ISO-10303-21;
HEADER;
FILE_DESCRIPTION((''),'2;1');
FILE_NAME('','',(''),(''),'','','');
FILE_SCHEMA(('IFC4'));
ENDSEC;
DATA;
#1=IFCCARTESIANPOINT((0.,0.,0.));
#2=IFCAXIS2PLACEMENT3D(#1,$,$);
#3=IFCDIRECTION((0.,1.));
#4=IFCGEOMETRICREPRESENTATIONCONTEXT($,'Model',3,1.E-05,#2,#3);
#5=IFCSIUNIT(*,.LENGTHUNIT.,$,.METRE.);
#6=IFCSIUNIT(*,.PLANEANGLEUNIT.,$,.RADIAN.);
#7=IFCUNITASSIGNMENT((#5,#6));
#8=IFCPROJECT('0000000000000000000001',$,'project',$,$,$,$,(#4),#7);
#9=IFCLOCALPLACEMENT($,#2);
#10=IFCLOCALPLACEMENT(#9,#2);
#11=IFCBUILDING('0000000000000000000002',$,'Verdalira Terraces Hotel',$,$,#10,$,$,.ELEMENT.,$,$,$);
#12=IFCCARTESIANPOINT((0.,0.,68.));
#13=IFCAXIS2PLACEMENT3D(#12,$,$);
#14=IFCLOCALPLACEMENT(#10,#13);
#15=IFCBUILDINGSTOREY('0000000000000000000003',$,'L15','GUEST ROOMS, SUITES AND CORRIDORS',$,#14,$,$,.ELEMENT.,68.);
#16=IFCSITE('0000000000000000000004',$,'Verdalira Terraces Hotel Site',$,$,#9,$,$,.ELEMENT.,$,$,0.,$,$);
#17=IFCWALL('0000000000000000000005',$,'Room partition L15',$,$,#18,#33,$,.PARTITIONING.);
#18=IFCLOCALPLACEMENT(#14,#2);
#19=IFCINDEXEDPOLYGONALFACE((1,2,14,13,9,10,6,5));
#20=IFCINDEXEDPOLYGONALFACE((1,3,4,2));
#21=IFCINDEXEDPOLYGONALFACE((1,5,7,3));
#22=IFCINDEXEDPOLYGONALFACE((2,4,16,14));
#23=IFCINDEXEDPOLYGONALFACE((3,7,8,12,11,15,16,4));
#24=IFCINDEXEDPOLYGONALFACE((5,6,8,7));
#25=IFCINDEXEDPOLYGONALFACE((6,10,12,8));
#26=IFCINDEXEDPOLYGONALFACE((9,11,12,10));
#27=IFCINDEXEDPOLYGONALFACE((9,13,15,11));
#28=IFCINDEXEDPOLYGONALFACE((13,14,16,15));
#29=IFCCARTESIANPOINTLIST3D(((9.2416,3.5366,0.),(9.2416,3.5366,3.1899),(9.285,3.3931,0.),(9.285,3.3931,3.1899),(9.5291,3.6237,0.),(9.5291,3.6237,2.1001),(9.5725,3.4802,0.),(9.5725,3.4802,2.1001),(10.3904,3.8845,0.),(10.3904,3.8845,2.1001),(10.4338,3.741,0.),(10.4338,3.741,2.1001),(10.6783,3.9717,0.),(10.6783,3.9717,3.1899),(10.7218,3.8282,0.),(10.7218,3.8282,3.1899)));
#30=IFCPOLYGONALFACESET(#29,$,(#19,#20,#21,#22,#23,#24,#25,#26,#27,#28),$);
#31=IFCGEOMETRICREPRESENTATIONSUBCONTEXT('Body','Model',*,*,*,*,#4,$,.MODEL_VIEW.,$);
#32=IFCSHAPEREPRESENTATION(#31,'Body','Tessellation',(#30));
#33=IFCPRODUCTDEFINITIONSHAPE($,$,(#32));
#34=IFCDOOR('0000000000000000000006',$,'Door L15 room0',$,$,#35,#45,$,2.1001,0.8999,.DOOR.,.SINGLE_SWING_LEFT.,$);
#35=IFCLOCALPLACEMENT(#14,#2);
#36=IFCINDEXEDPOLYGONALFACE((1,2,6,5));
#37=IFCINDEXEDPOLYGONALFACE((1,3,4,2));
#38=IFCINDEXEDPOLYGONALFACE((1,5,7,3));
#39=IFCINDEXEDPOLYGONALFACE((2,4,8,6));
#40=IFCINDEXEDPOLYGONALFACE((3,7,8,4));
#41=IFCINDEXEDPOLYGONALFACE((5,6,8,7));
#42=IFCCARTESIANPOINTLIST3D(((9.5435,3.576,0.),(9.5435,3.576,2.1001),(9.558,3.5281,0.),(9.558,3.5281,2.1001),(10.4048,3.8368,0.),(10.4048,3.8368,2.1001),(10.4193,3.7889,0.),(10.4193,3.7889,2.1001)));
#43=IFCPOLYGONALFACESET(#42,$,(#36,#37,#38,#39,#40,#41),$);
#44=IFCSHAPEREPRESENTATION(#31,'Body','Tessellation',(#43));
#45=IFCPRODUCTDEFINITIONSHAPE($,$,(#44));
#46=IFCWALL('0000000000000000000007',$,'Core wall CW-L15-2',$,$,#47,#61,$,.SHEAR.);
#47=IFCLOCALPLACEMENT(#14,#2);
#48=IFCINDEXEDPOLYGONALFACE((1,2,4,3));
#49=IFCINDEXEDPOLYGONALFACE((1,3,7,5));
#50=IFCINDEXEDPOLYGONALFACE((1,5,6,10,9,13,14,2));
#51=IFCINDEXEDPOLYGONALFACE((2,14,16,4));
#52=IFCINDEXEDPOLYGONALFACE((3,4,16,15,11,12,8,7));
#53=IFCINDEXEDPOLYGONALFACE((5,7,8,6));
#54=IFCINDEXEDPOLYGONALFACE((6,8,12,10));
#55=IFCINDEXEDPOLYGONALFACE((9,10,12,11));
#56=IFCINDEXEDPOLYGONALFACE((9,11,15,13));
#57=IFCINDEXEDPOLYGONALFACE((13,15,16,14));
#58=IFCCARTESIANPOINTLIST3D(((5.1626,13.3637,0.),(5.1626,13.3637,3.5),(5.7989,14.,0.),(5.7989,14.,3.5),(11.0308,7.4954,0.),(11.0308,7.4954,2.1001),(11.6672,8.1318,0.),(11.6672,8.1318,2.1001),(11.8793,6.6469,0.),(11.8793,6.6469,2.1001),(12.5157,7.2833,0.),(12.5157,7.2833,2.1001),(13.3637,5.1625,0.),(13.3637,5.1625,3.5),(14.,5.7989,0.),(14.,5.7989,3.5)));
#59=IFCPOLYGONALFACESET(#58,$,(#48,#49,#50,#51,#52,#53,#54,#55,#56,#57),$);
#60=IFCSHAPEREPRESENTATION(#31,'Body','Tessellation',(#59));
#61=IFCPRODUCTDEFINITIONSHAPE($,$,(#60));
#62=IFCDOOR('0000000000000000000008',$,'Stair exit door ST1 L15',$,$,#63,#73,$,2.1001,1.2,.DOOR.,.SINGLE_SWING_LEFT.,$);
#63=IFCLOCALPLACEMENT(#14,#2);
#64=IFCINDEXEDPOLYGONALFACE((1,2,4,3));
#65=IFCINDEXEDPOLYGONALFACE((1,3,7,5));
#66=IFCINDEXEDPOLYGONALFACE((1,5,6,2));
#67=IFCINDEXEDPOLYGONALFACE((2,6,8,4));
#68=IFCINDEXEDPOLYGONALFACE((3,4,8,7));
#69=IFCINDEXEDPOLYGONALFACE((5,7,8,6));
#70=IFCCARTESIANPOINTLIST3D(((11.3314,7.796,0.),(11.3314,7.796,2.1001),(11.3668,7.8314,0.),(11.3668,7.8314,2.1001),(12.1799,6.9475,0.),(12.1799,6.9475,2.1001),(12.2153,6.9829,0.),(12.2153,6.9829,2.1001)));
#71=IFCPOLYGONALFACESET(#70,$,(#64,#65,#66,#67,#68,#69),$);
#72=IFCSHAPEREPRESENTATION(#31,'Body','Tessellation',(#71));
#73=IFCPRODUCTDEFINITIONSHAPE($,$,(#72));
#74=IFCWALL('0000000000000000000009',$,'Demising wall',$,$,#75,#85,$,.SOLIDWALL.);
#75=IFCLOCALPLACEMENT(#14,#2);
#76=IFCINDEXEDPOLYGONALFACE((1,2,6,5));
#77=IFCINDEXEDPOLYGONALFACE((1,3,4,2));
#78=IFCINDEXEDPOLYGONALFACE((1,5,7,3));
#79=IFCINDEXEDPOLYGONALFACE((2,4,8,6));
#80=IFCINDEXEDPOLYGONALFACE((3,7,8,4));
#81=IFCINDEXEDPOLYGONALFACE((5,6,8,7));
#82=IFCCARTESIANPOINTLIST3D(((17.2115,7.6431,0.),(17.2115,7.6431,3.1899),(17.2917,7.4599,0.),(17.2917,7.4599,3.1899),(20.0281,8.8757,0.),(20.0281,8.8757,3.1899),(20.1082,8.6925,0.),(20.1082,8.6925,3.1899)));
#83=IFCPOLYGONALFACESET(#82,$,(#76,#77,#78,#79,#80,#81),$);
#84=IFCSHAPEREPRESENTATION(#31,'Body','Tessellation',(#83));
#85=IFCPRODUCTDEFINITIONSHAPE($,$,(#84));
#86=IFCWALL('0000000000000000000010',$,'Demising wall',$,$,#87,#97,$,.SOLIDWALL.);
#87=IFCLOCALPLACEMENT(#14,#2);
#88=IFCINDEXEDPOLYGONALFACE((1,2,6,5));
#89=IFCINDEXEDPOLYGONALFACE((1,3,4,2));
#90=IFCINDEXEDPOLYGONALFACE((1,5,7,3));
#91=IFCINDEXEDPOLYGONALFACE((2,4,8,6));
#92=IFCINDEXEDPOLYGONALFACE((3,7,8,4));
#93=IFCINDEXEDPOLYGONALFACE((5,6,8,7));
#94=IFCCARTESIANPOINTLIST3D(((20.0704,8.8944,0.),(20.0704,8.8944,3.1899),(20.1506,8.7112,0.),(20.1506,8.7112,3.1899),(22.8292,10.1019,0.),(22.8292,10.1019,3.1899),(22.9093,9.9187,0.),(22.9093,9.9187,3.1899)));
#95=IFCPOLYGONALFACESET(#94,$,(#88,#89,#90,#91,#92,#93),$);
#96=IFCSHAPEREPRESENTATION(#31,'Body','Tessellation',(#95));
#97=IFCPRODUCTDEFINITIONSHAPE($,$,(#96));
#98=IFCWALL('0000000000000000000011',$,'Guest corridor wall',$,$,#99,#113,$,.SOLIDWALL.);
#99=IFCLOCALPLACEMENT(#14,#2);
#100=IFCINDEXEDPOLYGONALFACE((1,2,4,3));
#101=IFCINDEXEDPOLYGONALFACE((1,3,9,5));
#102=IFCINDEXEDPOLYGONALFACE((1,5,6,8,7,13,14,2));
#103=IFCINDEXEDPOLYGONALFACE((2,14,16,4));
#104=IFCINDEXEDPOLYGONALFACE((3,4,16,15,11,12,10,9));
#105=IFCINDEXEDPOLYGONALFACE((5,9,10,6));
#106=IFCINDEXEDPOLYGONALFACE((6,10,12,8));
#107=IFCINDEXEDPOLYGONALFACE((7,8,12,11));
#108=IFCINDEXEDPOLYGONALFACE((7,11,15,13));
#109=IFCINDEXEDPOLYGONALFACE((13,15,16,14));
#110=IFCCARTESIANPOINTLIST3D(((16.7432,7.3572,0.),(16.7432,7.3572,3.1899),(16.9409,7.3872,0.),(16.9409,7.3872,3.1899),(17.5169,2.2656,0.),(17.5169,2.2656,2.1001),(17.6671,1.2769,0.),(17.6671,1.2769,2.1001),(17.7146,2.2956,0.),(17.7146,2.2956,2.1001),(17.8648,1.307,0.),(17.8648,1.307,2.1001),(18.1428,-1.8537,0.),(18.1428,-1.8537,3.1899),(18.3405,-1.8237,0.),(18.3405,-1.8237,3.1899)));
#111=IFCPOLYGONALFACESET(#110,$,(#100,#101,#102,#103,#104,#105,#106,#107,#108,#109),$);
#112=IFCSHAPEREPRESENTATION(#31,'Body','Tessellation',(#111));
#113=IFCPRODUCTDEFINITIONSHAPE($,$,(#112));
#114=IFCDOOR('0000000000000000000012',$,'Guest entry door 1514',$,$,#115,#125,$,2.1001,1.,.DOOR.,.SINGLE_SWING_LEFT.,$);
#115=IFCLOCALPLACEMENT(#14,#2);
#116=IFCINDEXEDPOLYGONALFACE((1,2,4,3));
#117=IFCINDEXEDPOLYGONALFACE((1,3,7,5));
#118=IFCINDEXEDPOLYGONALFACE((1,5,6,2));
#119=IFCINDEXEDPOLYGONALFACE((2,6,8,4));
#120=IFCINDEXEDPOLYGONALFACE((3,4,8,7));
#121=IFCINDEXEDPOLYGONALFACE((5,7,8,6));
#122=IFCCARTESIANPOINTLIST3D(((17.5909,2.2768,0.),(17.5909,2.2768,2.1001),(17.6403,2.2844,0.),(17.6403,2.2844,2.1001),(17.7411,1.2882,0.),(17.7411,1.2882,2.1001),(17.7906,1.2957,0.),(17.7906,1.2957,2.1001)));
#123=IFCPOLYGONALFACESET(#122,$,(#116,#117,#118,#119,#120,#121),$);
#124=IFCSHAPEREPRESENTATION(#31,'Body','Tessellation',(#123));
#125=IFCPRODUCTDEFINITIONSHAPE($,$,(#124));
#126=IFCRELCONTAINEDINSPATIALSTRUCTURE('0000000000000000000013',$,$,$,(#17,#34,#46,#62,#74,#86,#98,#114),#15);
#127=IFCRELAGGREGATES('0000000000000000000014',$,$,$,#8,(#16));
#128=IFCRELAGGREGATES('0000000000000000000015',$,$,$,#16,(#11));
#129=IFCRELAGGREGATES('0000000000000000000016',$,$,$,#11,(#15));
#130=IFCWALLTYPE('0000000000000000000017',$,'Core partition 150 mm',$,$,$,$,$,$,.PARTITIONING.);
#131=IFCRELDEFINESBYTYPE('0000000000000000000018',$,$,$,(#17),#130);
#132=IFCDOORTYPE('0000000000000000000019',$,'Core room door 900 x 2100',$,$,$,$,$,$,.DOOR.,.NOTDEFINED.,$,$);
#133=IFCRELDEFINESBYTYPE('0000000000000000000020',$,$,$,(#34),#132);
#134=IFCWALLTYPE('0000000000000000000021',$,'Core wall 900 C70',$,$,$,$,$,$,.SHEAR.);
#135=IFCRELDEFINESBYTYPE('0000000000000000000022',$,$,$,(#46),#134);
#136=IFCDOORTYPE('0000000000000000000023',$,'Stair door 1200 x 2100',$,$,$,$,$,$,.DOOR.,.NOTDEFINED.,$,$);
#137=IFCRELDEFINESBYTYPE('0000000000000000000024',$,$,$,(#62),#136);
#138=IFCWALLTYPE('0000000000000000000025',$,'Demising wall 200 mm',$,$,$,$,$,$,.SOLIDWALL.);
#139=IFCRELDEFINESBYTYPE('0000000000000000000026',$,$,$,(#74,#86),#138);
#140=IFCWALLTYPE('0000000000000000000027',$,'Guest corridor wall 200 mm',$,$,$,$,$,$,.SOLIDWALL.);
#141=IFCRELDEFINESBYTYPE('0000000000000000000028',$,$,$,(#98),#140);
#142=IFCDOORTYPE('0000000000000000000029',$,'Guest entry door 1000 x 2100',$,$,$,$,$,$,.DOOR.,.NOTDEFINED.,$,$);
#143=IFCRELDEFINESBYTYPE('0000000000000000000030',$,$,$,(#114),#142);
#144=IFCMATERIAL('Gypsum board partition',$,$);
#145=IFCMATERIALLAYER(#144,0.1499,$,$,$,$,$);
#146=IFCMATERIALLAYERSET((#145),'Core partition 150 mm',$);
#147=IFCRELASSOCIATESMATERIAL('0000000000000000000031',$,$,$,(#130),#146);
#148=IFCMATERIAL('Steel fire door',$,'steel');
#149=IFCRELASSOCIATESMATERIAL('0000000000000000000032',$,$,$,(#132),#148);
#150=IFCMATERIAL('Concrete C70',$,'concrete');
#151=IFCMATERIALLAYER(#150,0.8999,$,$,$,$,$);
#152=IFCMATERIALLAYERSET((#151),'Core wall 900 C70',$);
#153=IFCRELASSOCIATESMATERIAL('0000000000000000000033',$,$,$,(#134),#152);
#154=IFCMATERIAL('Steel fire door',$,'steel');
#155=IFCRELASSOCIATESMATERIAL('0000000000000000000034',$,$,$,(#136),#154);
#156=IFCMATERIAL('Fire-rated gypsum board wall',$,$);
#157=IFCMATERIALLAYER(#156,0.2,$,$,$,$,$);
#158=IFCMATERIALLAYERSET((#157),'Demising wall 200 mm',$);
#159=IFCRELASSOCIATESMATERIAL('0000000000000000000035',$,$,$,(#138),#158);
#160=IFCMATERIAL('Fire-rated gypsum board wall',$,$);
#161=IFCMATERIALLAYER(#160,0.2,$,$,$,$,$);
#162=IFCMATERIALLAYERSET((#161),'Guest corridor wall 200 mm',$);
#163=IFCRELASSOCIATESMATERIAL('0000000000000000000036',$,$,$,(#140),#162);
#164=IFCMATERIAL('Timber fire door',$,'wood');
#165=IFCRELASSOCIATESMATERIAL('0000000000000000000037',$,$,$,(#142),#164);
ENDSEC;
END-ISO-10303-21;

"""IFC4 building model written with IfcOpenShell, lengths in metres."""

from ifc_helpers import new_model, si_unit, direction, frame, frame_2d, origin, place, context, subcontext, project, spatial, rectangle, extrude, material, layer, layer_set, type_object, element, fill, save


model = new_model("IFC4")

# Units and contexts
model_context = context("Model", 3, precision=1e-05, world=origin(), true_north=direction((0.0, 1.0)))
body_context = subcontext(model_context, "Body", "Model", "MODEL_VIEW")
ifc_project = project(units=[si_unit("LENGTHUNIT", "METRE"), si_unit("PLANEANGLEUNIT", "RADIAN")], contexts=[model_context])

# Site, building, storey
site_placement = place(None, origin())
site = spatial("IfcSite", under=ifc_project, at=site_placement, Name="Verdalira Terraces Hotel Site", CompositionType="ELEMENT", RefElevation=0.0)
building_placement = place(site_placement, origin())
building = spatial("IfcBuilding", under=site, at=building_placement, Name="Verdalira Terraces Hotel", CompositionType="ELEMENT")
storey_placement = place(building_placement, frame((0.0, 0.0, 68.0)))
storey = spatial("IfcBuildingStorey", under=building, at=storey_placement, Name="L15", Description="GUEST ROOMS, SUITES AND CORRIDORS", CompositionType="ELEMENT", Elevation=68.0)

# Walls, openings, doors
ifc_material_1 = material(Name="Gypsum board partition")
ifc_layer_1 = layer(ifc_material_1, 0.1499)
ifc_layer_set_1 = layer_set([ifc_layer_1], Name="Core partition 150 mm")
wall_type_1 = type_object("IfcWallType", Name="Core partition 150 mm", PredefinedType="PARTITIONING", material=ifc_layer_set_1)
wall_1_placement = place(storey_placement, frame((10.7, 3.8999, 0.0), z_axis=(0.0, 0.0, 1.0), x_axis=(-0.957085, -0.289809, 0.0)))
wall_1 = element("IfcWall", 1, at=wall_1_placement, inside=storey, type_object=wall_type_1, Name="Room partition L15", PredefinedType="PARTITIONING", context=body_context, shape_type="SweptSolid", body=[
    extrude(rectangle(XDim=1.5012, YDim=0.1499, at=frame_2d((0.7505, 0.0))), origin(), (0.0, 0.0, 1.0), 3.1899),
])
opening_1_placement = place(wall_1_placement, frame((0.3008, 0.0, 0.0)))
opening_1 = element("IfcOpeningElement", 2, at=opening_1_placement, cuts=wall_1, PredefinedType="OPENING", context=body_context, shape_type="SweptSolid", body=[
    extrude(rectangle(XDim=0.8999, YDim=2.1001, at=frame_2d((0.45, 1.05))), frame((0.0, 0.085, 0.0), z_axis=(0.0, -1.0, 0.0), x_axis=(1.0, 0.0, 0.0)), (0.0, 0.0, 1.0), 0.1699),
])
ifc_material_2 = material(Name="Steel fire door", Category="steel")
door_type_1 = type_object("IfcDoorType", Name="Core room door 900 x 2100", OperationType="NOTDEFINED", PredefinedType="DOOR", material=ifc_material_2)
door_1_placement = place(opening_1_placement, origin())
door_1 = element("IfcDoor", 3, at=door_1_placement, inside=storey, type_object=door_type_1, Name="Door L15 room0", OperationType="SINGLE_SWING_LEFT", OverallHeight=2.1001, OverallWidth=0.8999, PredefinedType="DOOR", context=body_context, shape_type="SweptSolid", body=[
    extrude(rectangle(XDim=0.8999, YDim=2.1001, at=frame_2d((0.45, 1.05))), frame((0.0, 0.0249, 0.0), z_axis=(0.0, -1.0, 0.0), x_axis=(1.0, 0.0, 0.0)), (0.0, 0.0, 1.0), 0.05),
])
fill(opening_1, door_1)
ifc_material_3 = material(Name="Concrete C70", Category="concrete")
ifc_layer_2 = layer(ifc_material_3, 0.8999)
ifc_layer_set_2 = layer_set([ifc_layer_2], Name="Core wall 900 C70")
wall_type_2 = type_object("IfcWallType", Name="Core wall 900 C70", PredefinedType="SHEAR", material=ifc_layer_set_2)
wall_2_placement = place(storey_placement, frame((13.6819, 5.4807, 0.0), z_axis=(0.0, 0.0, 1.0), x_axis=(-0.707107, 0.707107, 0.0)))
wall_2 = element("IfcWall", 4, at=wall_2_placement, inside=storey, type_object=wall_type_2, Name="Core wall CW-L15-2", PredefinedType="SHEAR", context=body_context, shape_type="SweptSolid", body=[
    extrude(rectangle(XDim=11.5981, YDim=0.8999, at=frame_2d((5.7991, 0.0))), origin(), (0.0, 0.0, 1.0), 3.5),
])
opening_2_placement = place(wall_2_placement, frame((2.0991, 0.0, 0.0)))
opening_2 = element("IfcOpeningElement", 5, at=opening_2_placement, cuts=wall_2, PredefinedType="OPENING", context=body_context, shape_type="SweptSolid", body=[
    extrude(rectangle(XDim=1.2, YDim=2.1001, at=frame_2d((0.6001, 1.05))), frame((0.0, 0.46, 0.0), z_axis=(0.0, -1.0, 0.0), x_axis=(1.0, 0.0, 0.0)), (0.0, 0.0, 1.0), 0.9199),
])
ifc_material_4 = material(Name="Steel fire door", Category="steel")
door_type_2 = type_object("IfcDoorType", Name="Stair door 1200 x 2100", OperationType="NOTDEFINED", PredefinedType="DOOR", material=ifc_material_4)
door_2_placement = place(opening_2_placement, origin())
door_2 = element("IfcDoor", 6, at=door_2_placement, inside=storey, type_object=door_type_2, Name="Stair exit door ST1 L15", OperationType="SINGLE_SWING_LEFT", OverallHeight=2.1001, OverallWidth=1.2, PredefinedType="DOOR", context=body_context, shape_type="SweptSolid", body=[
    extrude(rectangle(XDim=1.2, YDim=2.1001, at=frame_2d((0.6001, 1.05))), frame((0.0, 0.0249, 0.0), z_axis=(0.0, -1.0, 0.0), x_axis=(1.0, 0.0, 0.0)), (0.0, 0.0, 1.0), 0.05),
])
fill(opening_2, door_2)

# Walls
ifc_material_5 = material(Name="Fire-rated gypsum board wall")
ifc_layer_3 = layer(ifc_material_5, 0.2)
ifc_layer_set_3 = layer_set([ifc_layer_3], Name="Demising wall 200 mm")
wall_type_3 = type_object("IfcWallType", Name="Demising wall 200 mm", PredefinedType="SOLIDWALL", material=ifc_layer_set_3)
wall_3_placement = place(storey_placement, frame((17.2517, 7.5515, 0.0), z_axis=(0.0, 0.0, 1.0), x_axis=(0.916112, 0.400923, 0.0)))
element("IfcWall", 7, at=wall_3_placement, inside=storey, type_object=wall_type_3, Name="Demising wall", PredefinedType="SOLIDWALL", context=body_context, shape_type="SweptSolid", body=[
    extrude(rectangle(XDim=3.0745, YDim=0.2, at=frame_2d((1.5371, 0.0))), origin(), (0.0, 0.0, 1.0), 3.1899),
])
wall_4_placement = place(storey_placement, frame((20.1104, 8.8027, 0.0), z_axis=(0.0, 0.0, 1.0), x_axis=(0.91609, 0.400972, 0.0)))
element("IfcWall", 8, at=wall_4_placement, inside=storey, type_object=wall_type_3, Name="Demising wall", PredefinedType="SOLIDWALL", context=body_context, shape_type="SweptSolid", body=[
    extrude(rectangle(XDim=3.0115, YDim=0.2, at=frame_2d((1.5059, 0.0))), origin(), (0.0, 0.0, 1.0), 3.1899),
])

# Wall, opening, door
ifc_material_6 = material(Name="Fire-rated gypsum board wall")
ifc_layer_4 = layer(ifc_material_6, 0.2)
ifc_layer_set_4 = layer_set([ifc_layer_4], Name="Guest corridor wall 200 mm")
wall_type_4 = type_object("IfcWallType", Name="Guest corridor wall 200 mm", PredefinedType="SOLIDWALL", material=ifc_layer_set_4)
wall_5_placement = place(storey_placement, frame((16.842, 7.3721, 0.0), z_axis=(0.0, 0.0, 1.0), x_axis=(0.150232, -0.988651, 0.0)))
wall_5 = element("IfcWall", 9, at=wall_5_placement, inside=storey, type_object=wall_type_4, Name="Guest corridor wall", PredefinedType="SOLIDWALL", context=body_context, shape_type="SweptSolid", body=[
    extrude(rectangle(XDim=9.3166, YDim=0.2, at=frame_2d((4.6582, 0.0))), origin(), (0.0, 0.0, 1.0), 3.1899),
])
opening_3_placement = place(wall_5_placement, frame((5.1499, 0.0, 0.0)))
opening_3 = element("IfcOpeningElement", 10, at=opening_3_placement, cuts=wall_5, PredefinedType="OPENING", context=body_context, shape_type="SweptSolid", body=[
    extrude(rectangle(XDim=1.0, YDim=2.1001, at=frame_2d((0.5, 1.05))), frame((0.0, 0.1099, 0.0), z_axis=(0.0, -1.0, 0.0), x_axis=(1.0, 0.0, 0.0)), (0.0, 0.0, 1.0), 0.22),
])
ifc_material_7 = material(Name="Timber fire door", Category="wood")
door_type_3 = type_object("IfcDoorType", Name="Guest entry door 1000 x 2100", OperationType="NOTDEFINED", PredefinedType="DOOR", material=ifc_material_7)
door_3_placement = place(opening_3_placement, origin())
door_3 = element("IfcDoor", 11, at=door_3_placement, inside=storey, type_object=door_type_3, Name="Guest entry door 1514", OperationType="SINGLE_SWING_LEFT", OverallHeight=2.1001, OverallWidth=1.0, PredefinedType="DOOR", context=body_context, shape_type="SweptSolid", body=[
    extrude(rectangle(XDim=1.0, YDim=2.1001, at=frame_2d((0.5, 1.05))), frame((0.0, 0.0249, 0.0), z_axis=(0.0, -1.0, 0.0), x_axis=(1.0, 0.0, 0.0)), (0.0, 0.0, 1.0), 0.05),
])
fill(opening_3, door_3)

save(model, "model.ifc")
